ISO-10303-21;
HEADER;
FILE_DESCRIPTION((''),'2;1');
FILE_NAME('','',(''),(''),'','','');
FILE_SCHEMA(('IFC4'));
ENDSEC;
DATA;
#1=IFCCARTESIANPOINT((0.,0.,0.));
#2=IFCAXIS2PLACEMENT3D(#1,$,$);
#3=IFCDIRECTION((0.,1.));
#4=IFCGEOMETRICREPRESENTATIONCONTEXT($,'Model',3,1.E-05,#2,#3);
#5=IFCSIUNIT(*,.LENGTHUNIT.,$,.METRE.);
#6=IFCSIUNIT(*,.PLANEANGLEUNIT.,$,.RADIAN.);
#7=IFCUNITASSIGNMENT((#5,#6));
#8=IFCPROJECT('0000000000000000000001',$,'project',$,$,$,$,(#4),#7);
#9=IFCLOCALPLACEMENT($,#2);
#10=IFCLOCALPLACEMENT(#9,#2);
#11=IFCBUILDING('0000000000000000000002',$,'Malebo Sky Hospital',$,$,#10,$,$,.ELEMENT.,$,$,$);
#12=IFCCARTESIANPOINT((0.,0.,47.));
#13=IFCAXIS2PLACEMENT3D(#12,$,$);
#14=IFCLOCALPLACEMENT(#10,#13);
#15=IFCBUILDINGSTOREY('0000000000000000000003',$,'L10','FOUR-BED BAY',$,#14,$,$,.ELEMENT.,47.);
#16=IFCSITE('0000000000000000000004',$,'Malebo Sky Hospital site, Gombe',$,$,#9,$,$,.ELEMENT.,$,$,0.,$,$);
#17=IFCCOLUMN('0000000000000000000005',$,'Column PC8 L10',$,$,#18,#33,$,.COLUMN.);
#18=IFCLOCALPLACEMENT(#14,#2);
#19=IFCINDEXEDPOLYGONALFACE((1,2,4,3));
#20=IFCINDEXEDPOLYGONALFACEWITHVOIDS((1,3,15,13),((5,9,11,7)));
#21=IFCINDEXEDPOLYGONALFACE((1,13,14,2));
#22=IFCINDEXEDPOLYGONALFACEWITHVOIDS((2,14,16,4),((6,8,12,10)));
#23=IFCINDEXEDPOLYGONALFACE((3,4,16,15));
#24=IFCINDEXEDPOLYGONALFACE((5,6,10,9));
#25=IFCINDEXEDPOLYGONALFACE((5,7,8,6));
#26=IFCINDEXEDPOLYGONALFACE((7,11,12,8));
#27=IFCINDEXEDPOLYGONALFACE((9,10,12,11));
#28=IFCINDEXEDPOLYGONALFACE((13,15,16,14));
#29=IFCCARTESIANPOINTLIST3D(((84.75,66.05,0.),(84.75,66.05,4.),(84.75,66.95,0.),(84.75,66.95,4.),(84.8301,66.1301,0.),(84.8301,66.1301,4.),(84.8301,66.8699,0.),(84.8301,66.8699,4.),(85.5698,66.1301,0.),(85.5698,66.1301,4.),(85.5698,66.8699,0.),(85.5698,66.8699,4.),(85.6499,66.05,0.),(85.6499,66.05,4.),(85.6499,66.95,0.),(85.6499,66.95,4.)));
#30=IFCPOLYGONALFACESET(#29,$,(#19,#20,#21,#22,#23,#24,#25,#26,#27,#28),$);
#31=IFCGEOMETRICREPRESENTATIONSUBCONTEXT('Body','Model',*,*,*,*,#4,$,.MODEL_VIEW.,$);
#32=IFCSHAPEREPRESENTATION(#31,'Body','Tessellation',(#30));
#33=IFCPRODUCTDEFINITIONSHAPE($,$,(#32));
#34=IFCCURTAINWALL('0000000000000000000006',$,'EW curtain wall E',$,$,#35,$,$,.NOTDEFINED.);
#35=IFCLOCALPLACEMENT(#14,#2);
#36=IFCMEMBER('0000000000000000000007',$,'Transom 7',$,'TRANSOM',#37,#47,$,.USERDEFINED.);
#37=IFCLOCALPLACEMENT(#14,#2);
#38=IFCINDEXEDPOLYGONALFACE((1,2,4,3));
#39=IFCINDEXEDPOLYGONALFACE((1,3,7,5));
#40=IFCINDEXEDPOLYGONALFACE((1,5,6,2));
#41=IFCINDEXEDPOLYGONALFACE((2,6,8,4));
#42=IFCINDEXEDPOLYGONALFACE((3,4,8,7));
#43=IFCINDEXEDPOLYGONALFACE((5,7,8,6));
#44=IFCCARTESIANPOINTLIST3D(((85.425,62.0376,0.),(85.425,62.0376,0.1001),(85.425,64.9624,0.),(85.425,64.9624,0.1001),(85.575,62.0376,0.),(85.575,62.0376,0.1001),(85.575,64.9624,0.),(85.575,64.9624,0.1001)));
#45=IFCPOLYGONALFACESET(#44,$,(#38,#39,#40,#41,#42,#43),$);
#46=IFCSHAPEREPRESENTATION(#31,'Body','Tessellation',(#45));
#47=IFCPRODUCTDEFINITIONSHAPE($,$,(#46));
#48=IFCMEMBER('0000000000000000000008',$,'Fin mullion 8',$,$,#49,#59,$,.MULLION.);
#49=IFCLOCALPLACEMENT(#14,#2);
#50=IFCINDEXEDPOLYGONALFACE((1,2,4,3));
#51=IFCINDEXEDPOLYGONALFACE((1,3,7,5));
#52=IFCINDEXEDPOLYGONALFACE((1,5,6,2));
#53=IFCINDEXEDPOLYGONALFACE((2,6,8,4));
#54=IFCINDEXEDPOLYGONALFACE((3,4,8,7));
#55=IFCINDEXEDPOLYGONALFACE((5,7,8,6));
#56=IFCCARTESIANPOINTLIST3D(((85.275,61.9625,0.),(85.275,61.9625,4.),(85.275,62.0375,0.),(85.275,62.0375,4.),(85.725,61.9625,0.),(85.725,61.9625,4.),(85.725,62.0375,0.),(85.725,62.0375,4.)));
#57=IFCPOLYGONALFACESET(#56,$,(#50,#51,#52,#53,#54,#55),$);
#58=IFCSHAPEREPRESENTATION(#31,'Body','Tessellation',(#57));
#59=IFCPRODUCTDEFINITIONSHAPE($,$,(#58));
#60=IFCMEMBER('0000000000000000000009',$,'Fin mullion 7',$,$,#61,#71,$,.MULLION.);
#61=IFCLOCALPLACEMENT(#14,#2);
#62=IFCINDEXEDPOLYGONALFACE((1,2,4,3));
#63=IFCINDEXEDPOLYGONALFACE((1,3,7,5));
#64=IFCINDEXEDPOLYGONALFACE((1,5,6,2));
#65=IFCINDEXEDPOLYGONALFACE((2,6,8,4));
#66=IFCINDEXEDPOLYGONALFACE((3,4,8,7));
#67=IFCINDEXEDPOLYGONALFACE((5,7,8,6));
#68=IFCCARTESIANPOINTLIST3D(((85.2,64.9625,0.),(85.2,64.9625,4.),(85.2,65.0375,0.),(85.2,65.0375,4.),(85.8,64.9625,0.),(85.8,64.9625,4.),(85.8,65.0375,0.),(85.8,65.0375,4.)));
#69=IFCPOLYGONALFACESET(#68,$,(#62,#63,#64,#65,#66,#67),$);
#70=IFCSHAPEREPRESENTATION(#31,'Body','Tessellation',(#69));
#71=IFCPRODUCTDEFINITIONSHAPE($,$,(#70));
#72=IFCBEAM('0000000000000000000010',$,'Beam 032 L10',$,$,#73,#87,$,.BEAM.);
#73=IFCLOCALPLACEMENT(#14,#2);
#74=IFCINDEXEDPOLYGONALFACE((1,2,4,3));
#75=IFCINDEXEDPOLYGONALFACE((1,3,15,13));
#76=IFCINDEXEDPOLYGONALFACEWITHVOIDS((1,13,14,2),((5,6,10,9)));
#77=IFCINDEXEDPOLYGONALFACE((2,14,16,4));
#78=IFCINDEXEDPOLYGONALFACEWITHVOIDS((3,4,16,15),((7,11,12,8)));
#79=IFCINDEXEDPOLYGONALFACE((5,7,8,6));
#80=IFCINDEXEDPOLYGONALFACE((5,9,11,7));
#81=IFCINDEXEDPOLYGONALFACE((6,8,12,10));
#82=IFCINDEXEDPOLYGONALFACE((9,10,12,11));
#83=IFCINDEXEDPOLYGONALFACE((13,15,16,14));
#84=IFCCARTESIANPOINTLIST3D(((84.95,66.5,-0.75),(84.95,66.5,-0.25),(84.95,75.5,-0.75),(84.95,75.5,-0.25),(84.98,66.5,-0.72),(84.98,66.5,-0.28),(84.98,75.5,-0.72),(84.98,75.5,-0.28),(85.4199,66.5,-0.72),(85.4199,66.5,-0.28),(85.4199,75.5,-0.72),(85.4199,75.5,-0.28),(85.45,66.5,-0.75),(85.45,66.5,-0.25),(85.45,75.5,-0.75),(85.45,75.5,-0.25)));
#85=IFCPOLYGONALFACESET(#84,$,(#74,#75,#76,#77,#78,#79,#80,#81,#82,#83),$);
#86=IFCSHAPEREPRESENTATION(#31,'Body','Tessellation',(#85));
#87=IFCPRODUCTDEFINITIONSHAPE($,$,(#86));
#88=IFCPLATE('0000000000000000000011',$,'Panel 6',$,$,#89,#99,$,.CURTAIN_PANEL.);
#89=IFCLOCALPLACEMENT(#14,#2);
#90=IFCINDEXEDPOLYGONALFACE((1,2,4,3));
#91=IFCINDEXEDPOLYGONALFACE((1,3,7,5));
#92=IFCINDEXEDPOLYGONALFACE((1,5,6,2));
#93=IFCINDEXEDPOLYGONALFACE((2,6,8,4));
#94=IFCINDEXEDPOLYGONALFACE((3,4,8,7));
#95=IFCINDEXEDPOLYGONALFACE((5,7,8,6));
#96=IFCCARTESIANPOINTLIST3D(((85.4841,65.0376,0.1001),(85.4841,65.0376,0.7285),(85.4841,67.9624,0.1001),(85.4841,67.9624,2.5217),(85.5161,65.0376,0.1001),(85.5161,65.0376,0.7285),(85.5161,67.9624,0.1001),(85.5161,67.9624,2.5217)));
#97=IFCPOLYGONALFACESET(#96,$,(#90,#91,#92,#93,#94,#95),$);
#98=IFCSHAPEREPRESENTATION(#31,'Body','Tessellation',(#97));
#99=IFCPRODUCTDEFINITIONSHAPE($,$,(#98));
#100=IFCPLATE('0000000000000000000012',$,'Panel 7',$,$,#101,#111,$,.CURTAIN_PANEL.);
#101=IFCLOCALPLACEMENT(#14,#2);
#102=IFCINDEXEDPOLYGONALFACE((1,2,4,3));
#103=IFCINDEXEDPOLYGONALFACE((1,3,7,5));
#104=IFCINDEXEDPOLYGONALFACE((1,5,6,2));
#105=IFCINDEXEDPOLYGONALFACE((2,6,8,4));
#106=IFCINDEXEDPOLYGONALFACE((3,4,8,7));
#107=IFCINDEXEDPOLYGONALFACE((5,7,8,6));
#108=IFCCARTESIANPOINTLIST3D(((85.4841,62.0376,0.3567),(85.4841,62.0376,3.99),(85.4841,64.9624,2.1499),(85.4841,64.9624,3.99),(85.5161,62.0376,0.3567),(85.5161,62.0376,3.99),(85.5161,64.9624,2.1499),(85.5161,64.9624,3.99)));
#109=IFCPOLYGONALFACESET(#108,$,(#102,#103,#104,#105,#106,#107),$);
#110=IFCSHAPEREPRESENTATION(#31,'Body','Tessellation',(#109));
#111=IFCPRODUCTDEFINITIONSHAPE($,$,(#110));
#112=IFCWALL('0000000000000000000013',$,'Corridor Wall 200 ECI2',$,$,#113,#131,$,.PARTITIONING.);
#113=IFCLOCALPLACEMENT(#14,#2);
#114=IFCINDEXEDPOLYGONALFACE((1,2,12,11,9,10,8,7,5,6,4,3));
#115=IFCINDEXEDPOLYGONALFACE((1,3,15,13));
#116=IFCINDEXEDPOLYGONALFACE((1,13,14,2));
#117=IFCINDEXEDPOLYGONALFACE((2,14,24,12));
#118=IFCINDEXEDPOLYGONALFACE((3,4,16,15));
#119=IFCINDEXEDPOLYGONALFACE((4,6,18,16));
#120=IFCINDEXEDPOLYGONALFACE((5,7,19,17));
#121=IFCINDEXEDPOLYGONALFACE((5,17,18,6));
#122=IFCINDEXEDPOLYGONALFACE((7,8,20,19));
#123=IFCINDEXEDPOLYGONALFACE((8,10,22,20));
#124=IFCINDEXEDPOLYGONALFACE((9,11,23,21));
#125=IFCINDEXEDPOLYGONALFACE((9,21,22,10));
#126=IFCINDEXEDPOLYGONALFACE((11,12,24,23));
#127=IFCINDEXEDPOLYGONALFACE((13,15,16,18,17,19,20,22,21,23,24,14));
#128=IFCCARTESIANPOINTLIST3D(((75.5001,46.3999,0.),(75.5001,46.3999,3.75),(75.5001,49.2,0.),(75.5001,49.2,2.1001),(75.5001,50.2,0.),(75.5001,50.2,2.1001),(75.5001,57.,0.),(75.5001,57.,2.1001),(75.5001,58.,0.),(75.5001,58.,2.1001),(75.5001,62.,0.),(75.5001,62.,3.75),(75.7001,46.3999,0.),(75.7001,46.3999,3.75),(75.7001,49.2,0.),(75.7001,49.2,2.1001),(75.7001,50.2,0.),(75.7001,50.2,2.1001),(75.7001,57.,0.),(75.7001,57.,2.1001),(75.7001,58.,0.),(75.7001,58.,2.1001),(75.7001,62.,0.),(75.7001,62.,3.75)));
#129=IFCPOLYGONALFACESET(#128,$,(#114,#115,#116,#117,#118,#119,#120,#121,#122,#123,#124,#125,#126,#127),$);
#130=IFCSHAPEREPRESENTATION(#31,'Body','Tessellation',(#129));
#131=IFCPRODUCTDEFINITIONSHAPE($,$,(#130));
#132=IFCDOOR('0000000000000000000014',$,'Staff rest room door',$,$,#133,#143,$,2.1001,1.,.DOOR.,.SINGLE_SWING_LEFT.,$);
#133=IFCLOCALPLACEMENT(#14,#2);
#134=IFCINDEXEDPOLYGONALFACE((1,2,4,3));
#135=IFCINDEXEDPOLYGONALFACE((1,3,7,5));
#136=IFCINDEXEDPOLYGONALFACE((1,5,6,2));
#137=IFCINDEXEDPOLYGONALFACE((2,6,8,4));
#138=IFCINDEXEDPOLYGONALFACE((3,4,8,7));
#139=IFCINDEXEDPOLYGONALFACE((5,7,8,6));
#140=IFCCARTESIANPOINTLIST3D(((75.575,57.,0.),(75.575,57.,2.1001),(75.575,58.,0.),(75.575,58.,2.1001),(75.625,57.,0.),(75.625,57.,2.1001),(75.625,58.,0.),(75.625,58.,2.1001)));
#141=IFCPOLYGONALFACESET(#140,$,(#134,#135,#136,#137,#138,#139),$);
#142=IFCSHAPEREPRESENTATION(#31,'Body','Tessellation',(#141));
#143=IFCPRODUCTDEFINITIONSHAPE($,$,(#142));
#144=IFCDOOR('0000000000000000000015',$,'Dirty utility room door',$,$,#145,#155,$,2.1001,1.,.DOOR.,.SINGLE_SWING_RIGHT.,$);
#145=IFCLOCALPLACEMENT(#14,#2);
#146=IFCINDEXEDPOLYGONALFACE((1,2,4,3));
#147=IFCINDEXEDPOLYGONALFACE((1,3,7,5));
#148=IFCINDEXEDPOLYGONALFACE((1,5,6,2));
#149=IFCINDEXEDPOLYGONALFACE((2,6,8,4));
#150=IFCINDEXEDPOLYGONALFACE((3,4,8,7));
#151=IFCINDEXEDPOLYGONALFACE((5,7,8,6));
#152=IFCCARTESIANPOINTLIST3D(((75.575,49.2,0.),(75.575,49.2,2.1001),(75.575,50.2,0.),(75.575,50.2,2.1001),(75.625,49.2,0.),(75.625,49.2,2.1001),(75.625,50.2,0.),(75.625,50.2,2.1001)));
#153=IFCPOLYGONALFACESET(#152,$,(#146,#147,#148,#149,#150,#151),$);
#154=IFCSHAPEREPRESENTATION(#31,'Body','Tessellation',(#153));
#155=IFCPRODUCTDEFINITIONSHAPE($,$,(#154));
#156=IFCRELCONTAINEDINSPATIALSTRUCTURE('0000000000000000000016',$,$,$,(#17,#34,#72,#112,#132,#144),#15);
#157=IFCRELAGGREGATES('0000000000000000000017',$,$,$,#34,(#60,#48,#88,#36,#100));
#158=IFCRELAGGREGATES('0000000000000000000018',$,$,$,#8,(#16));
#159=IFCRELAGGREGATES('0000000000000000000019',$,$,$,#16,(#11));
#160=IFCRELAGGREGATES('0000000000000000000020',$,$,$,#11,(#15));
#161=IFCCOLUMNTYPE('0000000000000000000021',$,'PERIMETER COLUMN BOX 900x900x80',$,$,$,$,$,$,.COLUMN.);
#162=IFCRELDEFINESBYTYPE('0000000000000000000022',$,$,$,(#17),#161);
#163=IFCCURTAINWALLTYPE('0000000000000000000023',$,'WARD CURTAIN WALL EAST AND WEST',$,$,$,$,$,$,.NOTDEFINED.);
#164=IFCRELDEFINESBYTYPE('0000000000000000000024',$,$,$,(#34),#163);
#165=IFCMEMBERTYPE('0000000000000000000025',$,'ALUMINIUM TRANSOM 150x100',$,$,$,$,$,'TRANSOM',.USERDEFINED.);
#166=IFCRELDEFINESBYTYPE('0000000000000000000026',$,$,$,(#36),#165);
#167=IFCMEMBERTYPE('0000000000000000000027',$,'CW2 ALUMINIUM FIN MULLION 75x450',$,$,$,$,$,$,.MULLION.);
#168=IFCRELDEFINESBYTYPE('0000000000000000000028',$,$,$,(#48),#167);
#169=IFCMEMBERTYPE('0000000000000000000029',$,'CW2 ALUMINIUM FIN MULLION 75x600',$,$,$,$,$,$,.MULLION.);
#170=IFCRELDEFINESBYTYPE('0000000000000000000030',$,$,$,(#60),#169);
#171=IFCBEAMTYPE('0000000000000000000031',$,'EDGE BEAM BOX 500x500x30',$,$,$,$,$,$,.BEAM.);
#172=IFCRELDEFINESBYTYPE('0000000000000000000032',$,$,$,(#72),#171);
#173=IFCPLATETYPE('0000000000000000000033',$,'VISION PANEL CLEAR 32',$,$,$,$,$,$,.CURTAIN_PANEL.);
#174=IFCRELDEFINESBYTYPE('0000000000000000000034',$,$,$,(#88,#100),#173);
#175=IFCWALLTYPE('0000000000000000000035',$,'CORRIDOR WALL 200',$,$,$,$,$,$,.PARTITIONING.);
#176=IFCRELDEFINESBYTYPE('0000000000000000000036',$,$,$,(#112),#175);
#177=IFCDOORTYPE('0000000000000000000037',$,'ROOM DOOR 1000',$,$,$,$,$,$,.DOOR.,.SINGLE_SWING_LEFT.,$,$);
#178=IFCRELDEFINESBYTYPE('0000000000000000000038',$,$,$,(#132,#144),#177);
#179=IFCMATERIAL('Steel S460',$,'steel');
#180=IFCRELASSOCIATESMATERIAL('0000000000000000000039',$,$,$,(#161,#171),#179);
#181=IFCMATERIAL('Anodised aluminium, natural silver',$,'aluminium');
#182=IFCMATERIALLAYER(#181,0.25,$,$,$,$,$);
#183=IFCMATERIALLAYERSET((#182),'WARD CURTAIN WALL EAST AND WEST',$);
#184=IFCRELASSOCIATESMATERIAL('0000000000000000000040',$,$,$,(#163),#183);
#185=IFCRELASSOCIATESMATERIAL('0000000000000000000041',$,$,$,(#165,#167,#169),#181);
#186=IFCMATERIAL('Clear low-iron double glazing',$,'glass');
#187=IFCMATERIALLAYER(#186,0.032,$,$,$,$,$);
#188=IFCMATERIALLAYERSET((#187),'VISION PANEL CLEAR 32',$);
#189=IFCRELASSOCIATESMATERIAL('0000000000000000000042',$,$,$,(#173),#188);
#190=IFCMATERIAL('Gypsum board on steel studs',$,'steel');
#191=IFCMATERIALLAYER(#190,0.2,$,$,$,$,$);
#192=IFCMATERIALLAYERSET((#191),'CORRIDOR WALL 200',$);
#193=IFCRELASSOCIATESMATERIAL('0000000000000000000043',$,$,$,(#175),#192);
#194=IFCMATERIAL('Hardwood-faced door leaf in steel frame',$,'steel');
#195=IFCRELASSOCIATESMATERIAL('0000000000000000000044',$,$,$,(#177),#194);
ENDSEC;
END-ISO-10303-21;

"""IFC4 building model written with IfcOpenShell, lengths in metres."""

from ifc_helpers import new_model, si_unit, direction, frame, frame_2d, origin, origin_2d, place, context, subcontext, project, spatial, polyline, rectangle, hollow_rectangle, outline, extrude, material, layer, layer_set, material_profile, profile_set, type_object, element, fill, aggregate, save


model = new_model("IFC4")

# Units and contexts
model_context = context("Model", 3, precision=1e-05, world=origin(), true_north=direction((0.0, 1.0)))
body_context = subcontext(model_context, "Body", "Model", "MODEL_VIEW")
ifc_project = project(units=[si_unit("LENGTHUNIT", "METRE"), si_unit("PLANEANGLEUNIT", "RADIAN")], contexts=[model_context])

# Site, building, storey
site_placement = place(None, origin())
site = spatial("IfcSite", under=ifc_project, at=site_placement, Name="Malebo Sky Hospital site, Gombe", CompositionType="ELEMENT", RefElevation=0.0)
building_placement = place(site_placement, origin())
building = spatial("IfcBuilding", under=site, at=building_placement, Name="Malebo Sky Hospital", CompositionType="ELEMENT")
storey_placement = place(building_placement, frame((0.0, 0.0, 47.0)))
storey = spatial("IfcBuildingStorey", under=building, at=storey_placement, Name="L10", Description="FOUR-BED BAY", CompositionType="ELEMENT", Elevation=47.0)

# Column
ifc_material_1 = material(Name="Steel S460", Category="steel")
ifc_material_profile_1 = material_profile(ifc_material_1, hollow_rectangle(XDim=0.8999, YDim=0.8999, WallThickness=0.0801, at=origin_2d()), Name="BOX 900x900x80")
ifc_profile_set_1 = profile_set([ifc_material_profile_1], Name="Steel S460")
column_type = type_object("IfcColumnType", Name="PERIMETER COLUMN BOX 900x900x80", PredefinedType="COLUMN", material=ifc_profile_set_1)
column_placement = place(storey_placement, frame((85.2, 66.5, 0.0), z_axis=(0.0, 0.0, 1.0), x_axis=(1.0, 0.0, 0.0)))
element("IfcColumn", 1, at=column_placement, inside=storey, type_object=column_type, Name="Column PC8 L10", PredefinedType="COLUMN", context=body_context, shape_type="SweptSolid", body=[
    extrude(hollow_rectangle(XDim=0.8999, YDim=0.8999, WallThickness=0.0801, at=origin_2d()), origin(), (0.0, 0.0, 1.0), 4.0),
])

# Curtain wall, members
ifc_material_2 = material(Name="Anodised aluminium, natural silver", Category="aluminium")
ifc_layer_1 = layer(ifc_material_2, 0.25)
ifc_layer_set_1 = layer_set([ifc_layer_1], Name="WARD CURTAIN WALL EAST AND WEST")
curtain_wall_type = type_object("IfcCurtainWallType", Name="WARD CURTAIN WALL EAST AND WEST", PredefinedType="NOTDEFINED", material=ifc_layer_set_1)
curtain_wall_placement = place(storey_placement, origin())
curtain_wall = element("IfcCurtainWall", 2, at=curtain_wall_placement, inside=storey, type_object=curtain_wall_type, Name="EW curtain wall E", PredefinedType="NOTDEFINED")
ifc_material_profile_2 = material_profile(ifc_material_2, rectangle(XDim=0.1499, YDim=0.1001, at=origin_2d()), Name="ALUMINIUM TRANSOM 150x100")
ifc_profile_set_2 = profile_set([ifc_material_profile_2], Name="Anodised aluminium, natural silver")
member_type_1 = type_object("IfcMemberType", Name="ALUMINIUM TRANSOM 150x100", ElementType="TRANSOM", PredefinedType="USERDEFINED", material=ifc_profile_set_2)
member_1_placement = place(storey_placement, frame((85.5, 64.9624, 0.05), z_axis=(0.0, -1.0, 0.0), x_axis=(1.0, 0.0, 0.0)))
member_1 = element("IfcMember", 3, at=member_1_placement, type_object=member_type_1, Name="Transom 7", ObjectType="TRANSOM", PredefinedType="USERDEFINED", context=body_context, shape_type="SweptSolid", body=[
    extrude(rectangle(XDim=0.1499, YDim=0.1001, at=origin_2d()), origin(), (0.0, 0.0, 1.0), 2.9248),
])
ifc_material_profile_3 = material_profile(ifc_material_2, rectangle(XDim=0.075, YDim=0.45, at=origin_2d()), Name="CW2 ALUMINIUM FIN MULLION 75x450")
ifc_profile_set_3 = profile_set([ifc_material_profile_3], Name="Anodised aluminium, natural silver")
member_type_2 = type_object("IfcMemberType", Name="CW2 ALUMINIUM FIN MULLION 75x450", PredefinedType="MULLION", material=ifc_profile_set_3)
member_2_placement = place(storey_placement, frame((85.5, 62.0, 0.0), z_axis=(0.0, 0.0, 1.0), x_axis=(0.0, -1.0, 0.0)))
member_2 = element("IfcMember", 4, at=member_2_placement, type_object=member_type_2, Name="Fin mullion 8", PredefinedType="MULLION", context=body_context, shape_type="SweptSolid", body=[
    extrude(rectangle(XDim=0.075, YDim=0.45, at=origin_2d()), origin(), (0.0, 0.0, 1.0), 4.0),
])
ifc_material_profile_4 = material_profile(ifc_material_2, rectangle(XDim=0.075, YDim=0.6001, at=origin_2d()), Name="CW2 ALUMINIUM FIN MULLION 75x600")
ifc_profile_set_4 = profile_set([ifc_material_profile_4], Name="Anodised aluminium, natural silver")
member_type_3 = type_object("IfcMemberType", Name="CW2 ALUMINIUM FIN MULLION 75x600", PredefinedType="MULLION", material=ifc_profile_set_4)
member_3_placement = place(storey_placement, frame((85.5, 65.0, 0.0), z_axis=(0.0, 0.0, 1.0), x_axis=(0.0, -1.0, 0.0)))
member_3 = element("IfcMember", 5, at=member_3_placement, type_object=member_type_3, Name="Fin mullion 7", PredefinedType="MULLION", context=body_context, shape_type="SweptSolid", body=[
    extrude(rectangle(XDim=0.075, YDim=0.6001, at=origin_2d()), origin(), (0.0, 0.0, 1.0), 4.0),
])

# Beam
ifc_material_profile_5 = material_profile(ifc_material_1, hollow_rectangle(XDim=0.5, YDim=0.5, WallThickness=0.03, at=origin_2d()), Name="BOX 500x500x30")
ifc_profile_set_5 = profile_set([ifc_material_profile_5], Name="Steel S460")
beam_type = type_object("IfcBeamType", Name="EDGE BEAM BOX 500x500x30", PredefinedType="BEAM", material=ifc_profile_set_5)
beam_placement = place(storey_placement, frame((85.2, 66.5, -0.5), z_axis=(0.0, 1.0, 0.0), x_axis=(-1.0, 0.0, 0.0)))
element("IfcBeam", 6, at=beam_placement, inside=storey, type_object=beam_type, Name="Beam 032 L10", PredefinedType="BEAM", context=body_context, shape_type="SweptSolid", body=[
    extrude(hollow_rectangle(XDim=0.5, YDim=0.5, WallThickness=0.03, at=origin_2d()), origin(), (0.0, 0.0, 1.0), 9.0),
])

# Plates
ifc_material_3 = material(Name="Clear low-iron double glazing", Category="glass")
ifc_layer_2 = layer(ifc_material_3, 0.032)
ifc_layer_set_2 = layer_set([ifc_layer_2], Name="VISION PANEL CLEAR 32")
plate_type = type_object("IfcPlateType", Name="VISION PANEL CLEAR 32", PredefinedType="CURTAIN_PANEL", material=ifc_layer_set_2)
plate_1_placement = place(storey_placement, frame((85.5, 66.5, 0.1001), z_axis=(0.0, 0.0, 1.0), x_axis=(0.0, -1.0, 0.0)))
plate_1 = element("IfcPlate", 7, at=plate_1_placement, type_object=plate_type, Name="Panel 6", PredefinedType="CURTAIN_PANEL", context=body_context, shape_type="SweptSolid", body=[
    extrude(outline(polyline([(-1.4624, 0.0), (1.4624, 0.0), (1.4624, 0.6284), (-1.4624, 2.4216), (-1.4624, 0.0)])), frame((0.0, 0.0161, 0.0), z_axis=(0.0, -1.0, 0.0), x_axis=(1.0, 0.0, 0.0)), (0.0, 0.0, 1.0), 0.032),
])
plate_2_placement = place(storey_placement, frame((85.5, 63.5, 0.3567), z_axis=(0.0, 0.0, 1.0), x_axis=(0.0, -1.0, 0.0)))
plate_2 = element("IfcPlate", 8, at=plate_2_placement, type_object=plate_type, Name="Panel 7", PredefinedType="CURTAIN_PANEL", context=body_context, shape_type="SweptSolid", body=[
    extrude(outline(polyline([(1.4624, 0.0), (1.4624, 3.6333), (-1.4624, 3.6333), (-1.4624, 1.7932), (1.4624, 0.0)])), frame((0.0, 0.0161, 0.0), z_axis=(0.0, -1.0, 0.0), x_axis=(1.0, 0.0, 0.0)), (0.0, 0.0, 1.0), 0.032),
])
aggregate(curtain_wall, [member_3, member_2, plate_1, member_1, plate_2])

# Wall, openings, doors
ifc_material_4 = material(Name="Gypsum board on steel studs", Category="steel")
ifc_layer_3 = layer(ifc_material_4, 0.2)
ifc_layer_set_3 = layer_set([ifc_layer_3], Name="CORRIDOR WALL 200")
wall_type_1 = type_object("IfcWallType", Name="CORRIDOR WALL 200", PredefinedType="PARTITIONING", material=ifc_layer_set_3)
wall_1_placement = place(storey_placement, frame((75.6001, 62.0, 0.0), z_axis=(0.0, 0.0, 1.0), x_axis=(0.0, -1.0, 0.0)))
wall_1 = element("IfcWall", 9, at=wall_1_placement, inside=storey, type_object=wall_type_1, Name="Corridor Wall 200 ECI2", PredefinedType="PARTITIONING", context=body_context, shape_type="SweptSolid", body=[
    extrude(rectangle(XDim=15.6001, YDim=0.2, at=frame_2d((7.8, 0.0))), origin(), (0.0, 0.0, 1.0), 3.75),
])
opening_1_placement = place(wall_1_placement, frame((4.0, 0.0, 0.0)))
opening_1 = element("IfcOpeningElement", 10, at=opening_1_placement, cuts=wall_1, PredefinedType="OPENING", context=body_context, shape_type="SweptSolid", body=[
    extrude(rectangle(XDim=1.0, YDim=2.1001, at=frame_2d((0.5, 1.05))), frame((0.0, 0.1099, 0.0), z_axis=(0.0, -1.0, 0.0), x_axis=(1.0, 0.0, 0.0)), (0.0, 0.0, 1.0), 0.22),
])
opening_2_placement = place(wall_1_placement, frame((11.8, 0.0, 0.0)))
opening_2 = element("IfcOpeningElement", 11, at=opening_2_placement, cuts=wall_1, PredefinedType="OPENING", context=body_context, shape_type="SweptSolid", body=[
    extrude(rectangle(XDim=1.0, YDim=2.1001, at=frame_2d((0.5, 1.05))), frame((0.0, 0.1099, 0.0), z_axis=(0.0, -1.0, 0.0), x_axis=(1.0, 0.0, 0.0)), (0.0, 0.0, 1.0), 0.22),
])
ifc_material_5 = material(Name="Hardwood-faced door leaf in steel frame", Category="steel")
door_type_1 = type_object("IfcDoorType", Name="ROOM DOOR 1000", OperationType="SINGLE_SWING_LEFT", PredefinedType="DOOR", material=ifc_material_5)
door_1_placement = place(opening_1_placement, origin())
door_1 = element("IfcDoor", 12, at=door_1_placement, inside=storey, type_object=door_type_1, Name="Staff rest room door", OperationType="SINGLE_SWING_LEFT", OverallHeight=2.1001, OverallWidth=1.0, PredefinedType="DOOR", context=body_context, shape_type="SweptSolid", body=[
    extrude(rectangle(XDim=1.0, YDim=2.1001, at=frame_2d((0.5, 1.05))), frame((0.0, 0.0249, 0.0), z_axis=(0.0, -1.0, 0.0), x_axis=(1.0, 0.0, 0.0)), (0.0, 0.0, 1.0), 0.05),
])
fill(opening_1, door_1)
door_2_placement = place(opening_2_placement, origin())
door_2 = element("IfcDoor", 13, at=door_2_placement, inside=storey, type_object=door_type_1, Name="Dirty utility room door", OperationType="SINGLE_SWING_RIGHT", OverallHeight=2.1001, OverallWidth=1.0, PredefinedType="DOOR", context=body_context, shape_type="SweptSolid", body=[
    extrude(rectangle(XDim=1.0, YDim=2.1001, at=frame_2d((0.5, 1.05))), frame((0.0, 0.0249, 0.0), z_axis=(0.0, -1.0, 0.0), x_axis=(1.0, 0.0, 0.0)), (0.0, 0.0, 1.0), 0.05),
])
fill(opening_2, door_2)

save(model, "model.ifc")
